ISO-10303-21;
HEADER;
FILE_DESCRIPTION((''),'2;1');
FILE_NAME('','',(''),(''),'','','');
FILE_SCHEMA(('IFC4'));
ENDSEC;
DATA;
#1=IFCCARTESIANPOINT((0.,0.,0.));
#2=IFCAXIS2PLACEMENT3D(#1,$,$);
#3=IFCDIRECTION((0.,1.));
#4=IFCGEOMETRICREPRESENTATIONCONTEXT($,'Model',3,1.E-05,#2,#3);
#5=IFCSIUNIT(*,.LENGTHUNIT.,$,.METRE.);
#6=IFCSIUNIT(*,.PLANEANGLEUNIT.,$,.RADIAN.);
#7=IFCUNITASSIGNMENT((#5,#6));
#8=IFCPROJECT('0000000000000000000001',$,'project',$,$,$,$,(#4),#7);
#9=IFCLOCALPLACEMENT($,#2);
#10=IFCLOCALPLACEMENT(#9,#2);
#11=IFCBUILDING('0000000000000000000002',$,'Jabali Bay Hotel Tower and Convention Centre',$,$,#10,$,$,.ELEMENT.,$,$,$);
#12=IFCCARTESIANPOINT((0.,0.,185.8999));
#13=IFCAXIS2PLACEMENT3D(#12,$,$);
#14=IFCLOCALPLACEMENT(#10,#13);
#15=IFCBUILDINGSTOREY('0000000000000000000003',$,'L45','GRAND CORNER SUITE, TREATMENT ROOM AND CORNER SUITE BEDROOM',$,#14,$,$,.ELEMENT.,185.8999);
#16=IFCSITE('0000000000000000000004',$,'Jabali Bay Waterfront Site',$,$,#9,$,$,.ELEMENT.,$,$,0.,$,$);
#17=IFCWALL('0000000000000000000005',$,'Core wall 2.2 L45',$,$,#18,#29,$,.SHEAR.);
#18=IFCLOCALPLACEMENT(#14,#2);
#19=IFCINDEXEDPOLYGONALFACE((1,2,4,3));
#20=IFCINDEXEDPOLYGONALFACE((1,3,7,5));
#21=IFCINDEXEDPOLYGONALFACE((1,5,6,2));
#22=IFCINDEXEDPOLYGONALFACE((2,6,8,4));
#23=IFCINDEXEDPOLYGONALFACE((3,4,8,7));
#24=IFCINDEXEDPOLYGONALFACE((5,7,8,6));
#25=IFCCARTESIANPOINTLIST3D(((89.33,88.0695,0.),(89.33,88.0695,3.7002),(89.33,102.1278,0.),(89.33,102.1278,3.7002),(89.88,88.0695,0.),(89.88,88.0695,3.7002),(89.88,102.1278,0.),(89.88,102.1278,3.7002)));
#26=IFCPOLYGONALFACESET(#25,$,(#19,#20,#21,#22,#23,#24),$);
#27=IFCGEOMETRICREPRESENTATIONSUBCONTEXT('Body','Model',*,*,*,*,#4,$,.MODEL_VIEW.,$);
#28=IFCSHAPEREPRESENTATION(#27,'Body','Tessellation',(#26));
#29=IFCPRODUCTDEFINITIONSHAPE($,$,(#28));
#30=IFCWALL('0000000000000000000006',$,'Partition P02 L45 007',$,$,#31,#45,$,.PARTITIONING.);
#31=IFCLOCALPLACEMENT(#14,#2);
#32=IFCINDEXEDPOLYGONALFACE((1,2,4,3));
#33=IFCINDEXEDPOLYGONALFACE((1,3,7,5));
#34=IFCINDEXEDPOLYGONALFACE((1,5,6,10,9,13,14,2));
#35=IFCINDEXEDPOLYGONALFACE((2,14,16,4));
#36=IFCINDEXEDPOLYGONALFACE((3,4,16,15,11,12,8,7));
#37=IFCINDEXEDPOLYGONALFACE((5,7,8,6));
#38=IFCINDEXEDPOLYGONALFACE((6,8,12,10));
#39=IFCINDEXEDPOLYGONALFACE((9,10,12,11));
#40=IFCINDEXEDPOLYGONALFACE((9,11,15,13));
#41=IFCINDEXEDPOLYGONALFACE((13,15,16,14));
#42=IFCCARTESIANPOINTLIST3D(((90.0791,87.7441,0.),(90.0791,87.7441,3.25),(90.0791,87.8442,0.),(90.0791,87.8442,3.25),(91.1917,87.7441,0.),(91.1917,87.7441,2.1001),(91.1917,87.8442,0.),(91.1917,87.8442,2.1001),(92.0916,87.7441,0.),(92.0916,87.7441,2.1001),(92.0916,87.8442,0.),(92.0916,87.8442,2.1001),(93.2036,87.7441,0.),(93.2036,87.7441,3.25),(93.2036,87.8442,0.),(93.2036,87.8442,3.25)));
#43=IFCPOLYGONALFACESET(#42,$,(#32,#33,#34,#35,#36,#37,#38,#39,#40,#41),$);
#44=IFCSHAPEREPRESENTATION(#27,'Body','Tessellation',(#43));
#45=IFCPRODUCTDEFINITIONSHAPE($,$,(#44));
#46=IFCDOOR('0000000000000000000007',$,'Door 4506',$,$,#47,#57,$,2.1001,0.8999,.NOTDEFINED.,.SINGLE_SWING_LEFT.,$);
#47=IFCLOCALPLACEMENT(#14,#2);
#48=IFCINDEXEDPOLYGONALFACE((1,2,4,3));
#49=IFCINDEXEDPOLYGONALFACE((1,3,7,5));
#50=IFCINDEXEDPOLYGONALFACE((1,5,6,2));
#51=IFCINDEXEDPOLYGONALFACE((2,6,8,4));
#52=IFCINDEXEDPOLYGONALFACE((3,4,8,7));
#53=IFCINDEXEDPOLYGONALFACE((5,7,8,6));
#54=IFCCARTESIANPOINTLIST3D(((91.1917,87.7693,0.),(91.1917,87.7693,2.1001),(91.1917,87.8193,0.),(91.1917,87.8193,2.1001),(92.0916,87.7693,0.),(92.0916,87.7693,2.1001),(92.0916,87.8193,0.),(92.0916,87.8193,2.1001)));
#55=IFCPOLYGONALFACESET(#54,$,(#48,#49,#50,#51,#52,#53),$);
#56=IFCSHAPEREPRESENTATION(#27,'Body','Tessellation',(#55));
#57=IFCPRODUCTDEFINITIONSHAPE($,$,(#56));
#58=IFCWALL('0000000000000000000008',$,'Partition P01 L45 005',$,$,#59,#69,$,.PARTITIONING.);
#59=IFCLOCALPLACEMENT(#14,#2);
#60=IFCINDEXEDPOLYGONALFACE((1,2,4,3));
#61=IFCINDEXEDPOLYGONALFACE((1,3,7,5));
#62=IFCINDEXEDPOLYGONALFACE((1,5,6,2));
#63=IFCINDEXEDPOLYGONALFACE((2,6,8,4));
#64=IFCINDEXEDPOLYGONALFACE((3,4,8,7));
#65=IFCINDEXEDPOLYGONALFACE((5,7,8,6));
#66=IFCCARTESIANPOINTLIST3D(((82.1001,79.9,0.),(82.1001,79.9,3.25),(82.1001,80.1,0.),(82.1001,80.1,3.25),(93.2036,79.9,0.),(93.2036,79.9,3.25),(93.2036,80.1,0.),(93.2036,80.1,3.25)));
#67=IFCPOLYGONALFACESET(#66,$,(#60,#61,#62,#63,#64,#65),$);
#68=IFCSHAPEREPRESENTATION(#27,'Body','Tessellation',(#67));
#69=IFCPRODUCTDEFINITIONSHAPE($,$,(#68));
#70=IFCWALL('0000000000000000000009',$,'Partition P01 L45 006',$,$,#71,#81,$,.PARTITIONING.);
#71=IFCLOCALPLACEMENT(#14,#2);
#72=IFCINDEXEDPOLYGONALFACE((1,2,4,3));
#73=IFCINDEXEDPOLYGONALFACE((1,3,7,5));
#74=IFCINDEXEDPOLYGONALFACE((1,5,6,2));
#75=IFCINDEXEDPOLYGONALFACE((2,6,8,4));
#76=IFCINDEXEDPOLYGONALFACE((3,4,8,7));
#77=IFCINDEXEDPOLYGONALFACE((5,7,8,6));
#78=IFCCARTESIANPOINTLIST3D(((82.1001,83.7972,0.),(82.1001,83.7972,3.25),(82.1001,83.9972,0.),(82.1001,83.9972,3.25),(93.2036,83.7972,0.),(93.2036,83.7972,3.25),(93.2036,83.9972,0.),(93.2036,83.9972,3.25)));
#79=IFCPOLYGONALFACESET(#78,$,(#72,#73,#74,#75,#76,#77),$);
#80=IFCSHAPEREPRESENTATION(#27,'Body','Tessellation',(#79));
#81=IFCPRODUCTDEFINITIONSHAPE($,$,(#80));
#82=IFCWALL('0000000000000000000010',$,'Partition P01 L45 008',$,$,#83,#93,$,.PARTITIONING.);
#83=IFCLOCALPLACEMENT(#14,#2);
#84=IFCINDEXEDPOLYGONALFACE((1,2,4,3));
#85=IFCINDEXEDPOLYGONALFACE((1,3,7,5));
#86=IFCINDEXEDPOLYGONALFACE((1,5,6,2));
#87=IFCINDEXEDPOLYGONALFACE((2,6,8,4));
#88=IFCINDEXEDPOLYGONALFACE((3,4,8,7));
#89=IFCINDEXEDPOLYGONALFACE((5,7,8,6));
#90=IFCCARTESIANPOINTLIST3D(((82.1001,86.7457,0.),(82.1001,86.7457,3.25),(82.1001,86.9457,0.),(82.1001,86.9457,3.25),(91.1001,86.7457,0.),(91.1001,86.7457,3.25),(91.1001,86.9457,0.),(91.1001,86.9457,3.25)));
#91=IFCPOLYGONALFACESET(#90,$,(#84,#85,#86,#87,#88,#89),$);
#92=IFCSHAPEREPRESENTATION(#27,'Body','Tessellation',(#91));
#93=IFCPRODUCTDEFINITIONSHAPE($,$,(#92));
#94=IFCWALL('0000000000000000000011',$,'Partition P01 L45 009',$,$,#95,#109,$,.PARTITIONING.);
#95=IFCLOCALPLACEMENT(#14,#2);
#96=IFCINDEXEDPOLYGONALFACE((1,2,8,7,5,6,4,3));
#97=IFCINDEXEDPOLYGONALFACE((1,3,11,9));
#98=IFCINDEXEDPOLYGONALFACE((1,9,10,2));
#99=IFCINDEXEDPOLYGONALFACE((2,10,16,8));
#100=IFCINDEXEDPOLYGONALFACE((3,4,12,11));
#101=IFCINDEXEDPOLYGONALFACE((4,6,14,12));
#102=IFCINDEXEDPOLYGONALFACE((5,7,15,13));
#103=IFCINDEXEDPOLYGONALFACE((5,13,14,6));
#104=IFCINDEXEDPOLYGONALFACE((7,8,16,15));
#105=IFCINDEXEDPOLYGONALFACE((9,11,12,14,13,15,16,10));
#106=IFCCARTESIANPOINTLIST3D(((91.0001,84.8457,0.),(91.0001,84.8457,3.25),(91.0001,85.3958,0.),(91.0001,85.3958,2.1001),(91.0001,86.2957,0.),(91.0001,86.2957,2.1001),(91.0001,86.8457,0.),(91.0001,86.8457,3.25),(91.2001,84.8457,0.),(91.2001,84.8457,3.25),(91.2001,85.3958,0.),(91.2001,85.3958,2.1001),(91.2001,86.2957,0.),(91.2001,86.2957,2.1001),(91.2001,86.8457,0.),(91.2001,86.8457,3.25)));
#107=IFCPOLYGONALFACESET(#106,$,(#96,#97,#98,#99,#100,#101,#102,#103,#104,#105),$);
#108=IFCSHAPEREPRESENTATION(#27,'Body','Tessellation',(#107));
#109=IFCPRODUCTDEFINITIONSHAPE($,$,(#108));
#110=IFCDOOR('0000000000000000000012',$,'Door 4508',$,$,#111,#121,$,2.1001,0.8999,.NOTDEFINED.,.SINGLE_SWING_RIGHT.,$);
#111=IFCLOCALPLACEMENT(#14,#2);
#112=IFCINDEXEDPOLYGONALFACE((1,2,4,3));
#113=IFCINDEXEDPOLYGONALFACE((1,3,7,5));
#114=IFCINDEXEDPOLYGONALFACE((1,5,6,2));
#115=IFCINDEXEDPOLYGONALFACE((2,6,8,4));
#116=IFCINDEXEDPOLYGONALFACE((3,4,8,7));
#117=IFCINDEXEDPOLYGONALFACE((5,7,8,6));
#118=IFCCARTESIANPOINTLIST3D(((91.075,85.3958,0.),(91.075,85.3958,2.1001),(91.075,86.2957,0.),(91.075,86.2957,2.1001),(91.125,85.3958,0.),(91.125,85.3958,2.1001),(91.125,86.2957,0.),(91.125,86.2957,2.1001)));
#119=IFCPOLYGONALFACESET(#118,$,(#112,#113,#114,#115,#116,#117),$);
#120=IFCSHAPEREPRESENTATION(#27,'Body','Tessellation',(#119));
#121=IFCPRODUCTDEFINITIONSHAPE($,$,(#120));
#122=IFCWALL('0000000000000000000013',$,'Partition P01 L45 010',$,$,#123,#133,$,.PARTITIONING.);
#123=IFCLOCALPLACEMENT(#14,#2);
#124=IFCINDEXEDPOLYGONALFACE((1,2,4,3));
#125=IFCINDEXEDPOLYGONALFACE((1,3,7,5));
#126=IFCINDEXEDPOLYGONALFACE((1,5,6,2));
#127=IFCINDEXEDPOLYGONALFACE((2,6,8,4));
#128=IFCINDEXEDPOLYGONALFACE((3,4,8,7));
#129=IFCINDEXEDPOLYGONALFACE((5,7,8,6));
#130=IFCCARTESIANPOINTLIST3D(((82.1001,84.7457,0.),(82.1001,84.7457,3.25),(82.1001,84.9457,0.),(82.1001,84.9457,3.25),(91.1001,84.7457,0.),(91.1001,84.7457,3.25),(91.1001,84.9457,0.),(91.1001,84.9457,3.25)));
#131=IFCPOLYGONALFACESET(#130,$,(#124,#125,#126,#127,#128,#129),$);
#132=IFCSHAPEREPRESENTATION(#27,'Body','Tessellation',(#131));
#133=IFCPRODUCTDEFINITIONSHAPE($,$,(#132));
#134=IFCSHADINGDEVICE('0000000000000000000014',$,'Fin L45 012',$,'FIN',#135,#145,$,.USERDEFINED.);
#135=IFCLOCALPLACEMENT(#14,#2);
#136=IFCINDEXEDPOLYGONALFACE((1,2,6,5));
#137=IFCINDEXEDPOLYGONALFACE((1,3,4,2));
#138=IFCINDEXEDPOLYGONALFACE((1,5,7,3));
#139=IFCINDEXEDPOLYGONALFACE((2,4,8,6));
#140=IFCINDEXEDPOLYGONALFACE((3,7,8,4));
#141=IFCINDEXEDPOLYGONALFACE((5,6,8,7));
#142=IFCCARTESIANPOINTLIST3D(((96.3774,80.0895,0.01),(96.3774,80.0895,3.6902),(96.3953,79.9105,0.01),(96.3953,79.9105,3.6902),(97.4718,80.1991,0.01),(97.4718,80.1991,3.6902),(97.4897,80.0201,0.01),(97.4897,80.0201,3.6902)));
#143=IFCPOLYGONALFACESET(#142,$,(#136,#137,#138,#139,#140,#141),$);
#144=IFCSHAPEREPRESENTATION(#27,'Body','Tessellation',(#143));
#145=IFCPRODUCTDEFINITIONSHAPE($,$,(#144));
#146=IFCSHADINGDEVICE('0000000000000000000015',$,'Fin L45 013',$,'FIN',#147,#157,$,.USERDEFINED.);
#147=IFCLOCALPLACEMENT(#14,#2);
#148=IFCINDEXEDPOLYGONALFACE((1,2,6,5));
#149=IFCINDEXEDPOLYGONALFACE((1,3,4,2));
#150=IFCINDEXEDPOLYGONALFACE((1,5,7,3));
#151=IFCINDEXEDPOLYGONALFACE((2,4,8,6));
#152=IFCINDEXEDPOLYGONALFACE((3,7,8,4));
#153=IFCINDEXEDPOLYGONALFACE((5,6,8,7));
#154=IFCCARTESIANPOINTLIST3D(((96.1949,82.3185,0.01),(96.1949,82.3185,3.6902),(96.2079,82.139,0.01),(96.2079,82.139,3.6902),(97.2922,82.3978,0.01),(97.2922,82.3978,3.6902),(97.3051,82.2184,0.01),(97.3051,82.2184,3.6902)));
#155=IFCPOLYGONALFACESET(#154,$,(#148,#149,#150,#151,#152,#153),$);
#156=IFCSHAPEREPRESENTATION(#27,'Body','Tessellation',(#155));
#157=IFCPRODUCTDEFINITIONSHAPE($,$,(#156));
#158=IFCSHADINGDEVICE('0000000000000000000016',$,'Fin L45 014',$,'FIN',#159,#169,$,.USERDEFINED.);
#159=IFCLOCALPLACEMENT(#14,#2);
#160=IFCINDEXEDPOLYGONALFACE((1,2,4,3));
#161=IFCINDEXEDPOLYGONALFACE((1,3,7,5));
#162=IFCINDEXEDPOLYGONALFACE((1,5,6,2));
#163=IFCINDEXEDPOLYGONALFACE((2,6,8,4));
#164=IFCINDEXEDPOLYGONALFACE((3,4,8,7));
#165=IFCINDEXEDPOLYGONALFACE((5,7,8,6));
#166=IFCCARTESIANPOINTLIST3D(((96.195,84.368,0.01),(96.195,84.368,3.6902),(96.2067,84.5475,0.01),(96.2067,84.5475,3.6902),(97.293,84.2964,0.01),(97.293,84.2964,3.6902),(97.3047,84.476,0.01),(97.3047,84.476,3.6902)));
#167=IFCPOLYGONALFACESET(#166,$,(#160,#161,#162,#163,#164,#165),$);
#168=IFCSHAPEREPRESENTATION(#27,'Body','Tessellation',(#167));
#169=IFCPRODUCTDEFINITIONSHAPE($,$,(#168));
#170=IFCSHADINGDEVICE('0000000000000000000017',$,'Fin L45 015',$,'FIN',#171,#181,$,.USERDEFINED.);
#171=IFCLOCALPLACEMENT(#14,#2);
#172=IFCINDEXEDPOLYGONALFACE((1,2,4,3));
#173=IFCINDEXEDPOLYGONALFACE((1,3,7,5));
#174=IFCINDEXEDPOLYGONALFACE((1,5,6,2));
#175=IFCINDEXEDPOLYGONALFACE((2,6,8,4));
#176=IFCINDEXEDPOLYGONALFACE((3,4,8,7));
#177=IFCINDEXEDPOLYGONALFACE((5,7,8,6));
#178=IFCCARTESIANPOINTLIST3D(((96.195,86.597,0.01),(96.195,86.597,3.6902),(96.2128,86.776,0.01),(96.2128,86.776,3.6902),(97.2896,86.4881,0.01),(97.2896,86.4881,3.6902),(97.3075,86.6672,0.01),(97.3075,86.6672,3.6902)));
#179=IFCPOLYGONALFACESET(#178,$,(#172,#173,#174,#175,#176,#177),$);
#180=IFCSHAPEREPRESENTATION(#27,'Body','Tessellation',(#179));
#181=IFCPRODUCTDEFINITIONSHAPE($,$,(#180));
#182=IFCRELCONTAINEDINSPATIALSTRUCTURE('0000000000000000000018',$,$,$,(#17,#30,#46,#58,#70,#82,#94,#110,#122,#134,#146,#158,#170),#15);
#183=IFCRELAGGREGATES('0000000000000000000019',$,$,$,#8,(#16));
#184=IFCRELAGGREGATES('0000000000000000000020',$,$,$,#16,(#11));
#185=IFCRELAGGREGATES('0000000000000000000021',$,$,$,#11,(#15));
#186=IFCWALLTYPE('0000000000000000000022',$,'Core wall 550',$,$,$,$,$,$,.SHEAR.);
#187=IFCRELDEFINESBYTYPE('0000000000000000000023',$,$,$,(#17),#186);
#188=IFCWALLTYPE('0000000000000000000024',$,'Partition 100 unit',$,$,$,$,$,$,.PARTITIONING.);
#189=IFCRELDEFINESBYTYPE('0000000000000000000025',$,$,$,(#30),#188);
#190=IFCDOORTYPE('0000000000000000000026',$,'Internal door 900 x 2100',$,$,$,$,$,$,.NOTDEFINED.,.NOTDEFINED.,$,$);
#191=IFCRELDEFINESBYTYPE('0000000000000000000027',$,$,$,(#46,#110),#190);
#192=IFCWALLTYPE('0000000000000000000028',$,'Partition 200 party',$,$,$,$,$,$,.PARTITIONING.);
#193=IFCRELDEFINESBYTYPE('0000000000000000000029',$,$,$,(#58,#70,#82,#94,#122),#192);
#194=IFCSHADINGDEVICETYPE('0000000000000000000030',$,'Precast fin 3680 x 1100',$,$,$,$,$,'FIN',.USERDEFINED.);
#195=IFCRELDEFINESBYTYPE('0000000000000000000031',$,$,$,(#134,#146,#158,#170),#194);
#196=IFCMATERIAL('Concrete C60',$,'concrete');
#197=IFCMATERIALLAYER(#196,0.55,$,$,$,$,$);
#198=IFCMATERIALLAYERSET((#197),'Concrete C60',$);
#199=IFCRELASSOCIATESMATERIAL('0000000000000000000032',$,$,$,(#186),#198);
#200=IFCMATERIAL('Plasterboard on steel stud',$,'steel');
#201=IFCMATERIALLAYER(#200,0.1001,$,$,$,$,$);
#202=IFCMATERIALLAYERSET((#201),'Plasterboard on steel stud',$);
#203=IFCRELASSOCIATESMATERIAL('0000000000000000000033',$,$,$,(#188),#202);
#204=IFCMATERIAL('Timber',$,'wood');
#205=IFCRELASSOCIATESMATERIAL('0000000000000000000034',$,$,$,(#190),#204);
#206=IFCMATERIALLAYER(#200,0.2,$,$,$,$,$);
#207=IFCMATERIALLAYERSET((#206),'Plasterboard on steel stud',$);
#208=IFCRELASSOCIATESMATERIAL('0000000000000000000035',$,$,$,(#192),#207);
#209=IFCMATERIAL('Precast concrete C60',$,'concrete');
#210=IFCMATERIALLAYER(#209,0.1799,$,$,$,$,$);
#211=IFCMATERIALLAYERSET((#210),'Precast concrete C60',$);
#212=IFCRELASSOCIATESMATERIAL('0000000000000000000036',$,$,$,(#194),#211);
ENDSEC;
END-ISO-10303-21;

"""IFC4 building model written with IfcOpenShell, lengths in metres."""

from ifc_helpers import new_model, si_unit, direction, frame, frame_2d, origin, place, context, subcontext, project, spatial, rectangle, extrude, material, layer, layer_set, type_object, element, fill, save


model = new_model("IFC4")

# Units and contexts
model_context = context("Model", 3, precision=1e-05, world=origin(), true_north=direction((0.0, 1.0)))
body_context = subcontext(model_context, "Body", "Model", "MODEL_VIEW")
ifc_project = project(units=[si_unit("LENGTHUNIT", "METRE"), si_unit("PLANEANGLEUNIT", "RADIAN")], contexts=[model_context])

# Site, building, storey
site_placement = place(None, origin())
site = spatial("IfcSite", under=ifc_project, at=site_placement, Name="Jabali Bay Waterfront Site", CompositionType="ELEMENT", RefElevation=0.0)
building_placement = place(site_placement, origin())
building = spatial("IfcBuilding", under=site, at=building_placement, Name="Jabali Bay Hotel Tower and Convention Centre", CompositionType="ELEMENT")
storey_placement = place(building_placement, frame((0.0, 0.0, 185.8999)))
storey = spatial("IfcBuildingStorey", under=building, at=storey_placement, Name="L45", Description="GRAND CORNER SUITE, TREATMENT ROOM AND CORNER SUITE BEDROOM", CompositionType="ELEMENT", Elevation=185.8999)

# Shared definitions
ifc_material_1 = material(Name="Concrete C60", Category="concrete")

# Wall
ifc_layer_1 = layer(ifc_material_1, 0.55)
ifc_layer_set_1 = layer_set([ifc_layer_1], Name="Concrete C60")
wall_type_1 = type_object("IfcWallType", Name="Core wall 550", PredefinedType="SHEAR", material=ifc_layer_set_1)
wall_1_placement = place(storey_placement, frame((89.605, 88.0693, 0.0), z_axis=(0.0, 0.0, 1.0), x_axis=(0.0, 1.0, 0.0)))
element("IfcWall", 1, at=wall_1_placement, inside=storey, type_object=wall_type_1, Name="Core wall 2.2 L45", PredefinedType="SHEAR", context=body_context, shape_type="SweptSolid", body=[
    extrude(rectangle(XDim=14.0583, YDim=0.55, at=frame_2d((7.0293, 0.0))), origin(), (0.0, 0.0, 1.0), 3.7002),
])

# Wall, opening, door
ifc_material_2 = material(Name="Plasterboard on steel stud", Category="steel")
ifc_layer_2 = layer(ifc_material_2, 0.1001)
ifc_layer_set_2 = layer_set([ifc_layer_2], Name="Plasterboard on steel stud")
wall_type_2 = type_object("IfcWallType", Name="Partition 100 unit", PredefinedType="PARTITIONING", material=ifc_layer_set_2)
wall_2_placement = place(storey_placement, frame((93.2036, 87.7942, 0.0), z_axis=(0.0, 0.0, 1.0), x_axis=(-1.0, 0.0, 0.0)))
wall_2 = element("IfcWall", 2, at=wall_2_placement, inside=storey, type_object=wall_type_2, Name="Partition P02 L45 007", PredefinedType="PARTITIONING", context=body_context, shape_type="SweptSolid", body=[
    extrude(rectangle(XDim=3.1245, YDim=0.1001, at=frame_2d((1.5623, 0.0))), origin(), (0.0, 0.0, 1.0), 3.25),
])
opening_1_placement = place(wall_2_placement, frame((1.1121, 0.0, 0.0)))
opening_1 = element("IfcOpeningElement", 3, at=opening_1_placement, cuts=wall_2, PredefinedType="OPENING", context=body_context, shape_type="SweptSolid", body=[
    extrude(rectangle(XDim=0.8999, YDim=2.1001, at=frame_2d((0.45, 1.05))), frame((0.0, 0.0605, 0.0), z_axis=(0.0, -1.0, 0.0), x_axis=(1.0, 0.0, 0.0)), (0.0, 0.0, 1.0), 0.1211),
])
ifc_material_3 = material(Name="Timber", Category="wood")
door_type_1 = type_object("IfcDoorType", Name="Internal door 900 x 2100", OperationType="NOTDEFINED", PredefinedType="NOTDEFINED", material=ifc_material_3)
door_1_placement = place(opening_1_placement, origin())
door_1 = element("IfcDoor", 4, at=door_1_placement, inside=storey, type_object=door_type_1, Name="Door 4506", OperationType="SINGLE_SWING_LEFT", OverallHeight=2.1001, OverallWidth=0.8999, PredefinedType="NOTDEFINED", context=body_context, shape_type="SweptSolid", body=[
    extrude(rectangle(XDim=0.8999, YDim=2.1001, at=frame_2d((0.45, 1.05))), frame((0.0, 0.0249, 0.0), z_axis=(0.0, -1.0, 0.0), x_axis=(1.0, 0.0, 0.0)), (0.0, 0.0, 1.0), 0.05),
])
fill(opening_1, door_1)

# Walls
ifc_layer_3 = layer(ifc_material_2, 0.2)
ifc_layer_set_3 = layer_set([ifc_layer_3], Name="Plasterboard on steel stud")
wall_type_3 = type_object("IfcWallType", Name="Partition 200 party", PredefinedType="PARTITIONING", material=ifc_layer_set_3)
for number, where, z_axis, x_axis, name in (
    (5, (93.2036, 80.0, 0.0), (0.0, 0.0, 1.0), (-1.0, 0.0, 0.0), "Partition P01 L45 005"),
    (6, (93.2036, 83.8972, 0.0), (0.0, 0.0, 1.0), (-1.0, 0.0, 0.0), "Partition P01 L45 006"),
):
    element("IfcWall", number, at=place(storey_placement, frame(where, z_axis=z_axis, x_axis=x_axis)), inside=storey, type_object=wall_type_3, Name=name, PredefinedType="PARTITIONING", context=body_context, shape_type="SweptSolid", body=[
        extrude(rectangle(XDim=11.1035, YDim=0.2, at=frame_2d((5.5518, 0.0))), origin(), (0.0, 0.0, 1.0), 3.25),
    ])
wall_3_placement = place(storey_placement, frame((82.1001, 86.8457, 0.0), z_axis=(0.0, 0.0, 1.0), x_axis=(1.0, 0.0, 0.0)))
element("IfcWall", 7, at=wall_3_placement, inside=storey, type_object=wall_type_3, Name="Partition P01 L45 008", PredefinedType="PARTITIONING", context=body_context, shape_type="SweptSolid", body=[
    extrude(rectangle(XDim=9.0, YDim=0.2, at=frame_2d((4.5, 0.0))), origin(), (0.0, 0.0, 1.0), 3.25),
])

# Wall, opening, door
wall_4_placement = place(storey_placement, frame((91.1001, 86.8457, 0.0), z_axis=(0.0, 0.0, 1.0), x_axis=(0.0, -1.0, 0.0)))
wall_4 = element("IfcWall", 8, at=wall_4_placement, inside=storey, type_object=wall_type_3, Name="Partition P01 L45 009", PredefinedType="PARTITIONING", context=body_context, shape_type="SweptSolid", body=[
    extrude(rectangle(XDim=2.0, YDim=0.2, at=frame_2d((1.0, 0.0))), origin(), (0.0, 0.0, 1.0), 3.25),
])
opening_2_placement = place(wall_4_placement, frame((0.55, 0.0, 0.0)))
opening_2 = element("IfcOpeningElement", 9, at=opening_2_placement, cuts=wall_4, PredefinedType="OPENING", context=body_context, shape_type="SweptSolid", body=[
    extrude(rectangle(XDim=0.8999, YDim=2.1001, at=frame_2d((0.45, 1.05))), frame((0.0, 0.1104, 0.0), z_axis=(0.0, -1.0, 0.0), x_axis=(1.0, 0.0, 0.0)), (0.0, 0.0, 1.0), 0.2209),
])
door_2_placement = place(opening_2_placement, origin())
door_2 = element("IfcDoor", 10, at=door_2_placement, inside=storey, type_object=door_type_1, Name="Door 4508", OperationType="SINGLE_SWING_RIGHT", OverallHeight=2.1001, OverallWidth=0.8999, PredefinedType="NOTDEFINED", context=body_context, shape_type="SweptSolid", body=[
    extrude(rectangle(XDim=0.8999, YDim=2.1001, at=frame_2d((0.45, 1.05))), frame((0.0, 0.0249, 0.0), z_axis=(0.0, -1.0, 0.0), x_axis=(1.0, 0.0, 0.0)), (0.0, 0.0, 1.0), 0.05),
])
fill(opening_2, door_2)

# Wall
wall_5_placement = place(storey_placement, frame((91.1001, 84.8457, 0.0), z_axis=(0.0, 0.0, 1.0), x_axis=(-1.0, 0.0, 0.0)))
element("IfcWall", 11, at=wall_5_placement, inside=storey, type_object=wall_type_3, Name="Partition P01 L45 010", PredefinedType="PARTITIONING", context=body_context, shape_type="SweptSolid", body=[
    extrude(rectangle(XDim=9.0, YDim=0.2, at=frame_2d((4.5, 0.0))), origin(), (0.0, 0.0, 1.0), 3.25),
])

# Shading devices
ifc_material_4 = material(Name="Precast concrete C60", Category="concrete")
ifc_layer_4 = layer(ifc_material_4, 0.1799)
ifc_layer_set_4 = layer_set([ifc_layer_4], Name="Precast concrete C60")
shading_device_type = type_object("IfcShadingDeviceType", Name="Precast fin 3680 x 1100", ElementType="FIN", PredefinedType="USERDEFINED", material=ifc_layer_set_4)
shading_device_1_placement = place(storey_placement, frame((96.3865, 80.0, 0.01), z_axis=(0.0, 0.0, 1.0), x_axis=(0.995022, 0.099658, 0.0)))
element("IfcShadingDevice", 12, at=shading_device_1_placement, inside=storey, type_object=shading_device_type, Name="Fin L45 012", ObjectType="FIN", PredefinedType="USERDEFINED", context=body_context, shape_type="SweptSolid", body=[
    extrude(rectangle(XDim=1.0999, YDim=0.1799, at=frame_2d((0.5498, 0.0))), origin(), (0.0, 0.0, 1.0), 3.6802),
])
shading_device_2_placement = place(storey_placement, frame((96.2014, 82.2288, 0.01), z_axis=(0.0, 0.0, 1.0), x_axis=(0.997395, 0.07213, 0.0)))
element("IfcShadingDevice", 13, at=shading_device_2_placement, inside=storey, type_object=shading_device_type, Name="Fin L45 013", ObjectType="FIN", PredefinedType="USERDEFINED", context=body_context, shape_type="SweptSolid", body=[
    extrude(rectangle(XDim=1.1001, YDim=0.1799, at=frame_2d((0.55, 0.0))), origin(), (0.0, 0.0, 1.0), 3.6802),
])
shading_device_3_placement = place(storey_placement, frame((96.2007, 84.4578, 0.01), z_axis=(0.0, 0.0, 1.0), x_axis=(0.997884, -0.065017, 0.0)))
element("IfcShadingDevice", 14, at=shading_device_3_placement, inside=storey, type_object=shading_device_type, Name="Fin L45 014", ObjectType="FIN", PredefinedType="USERDEFINED", context=body_context, shape_type="SweptSolid", body=[
    extrude(rectangle(XDim=1.1003, YDim=0.1799, at=frame_2d((0.5503, 0.0))), origin(), (0.0, 0.0, 1.0), 3.6802),
])
for number, where, z_axis, x_axis, name in (
    (15, (96.2039, 86.6865, 0.01), (0.0, 0.0, 1.0), (0.99509, -0.098976, 0.0), "Fin L45 015"),
):
    element("IfcShadingDevice", number, at=place(storey_placement, frame(where, z_axis=z_axis, x_axis=x_axis)), inside=storey, type_object=shading_device_type, Name=name, ObjectType="FIN", PredefinedType="USERDEFINED", context=body_context, shape_type="SweptSolid", body=[
        extrude(rectangle(XDim=1.1001, YDim=0.1799, at=frame_2d((0.55, 0.0))), origin(), (0.0, 0.0, 1.0), 3.6802),
    ])

save(model, "model.ifc")
